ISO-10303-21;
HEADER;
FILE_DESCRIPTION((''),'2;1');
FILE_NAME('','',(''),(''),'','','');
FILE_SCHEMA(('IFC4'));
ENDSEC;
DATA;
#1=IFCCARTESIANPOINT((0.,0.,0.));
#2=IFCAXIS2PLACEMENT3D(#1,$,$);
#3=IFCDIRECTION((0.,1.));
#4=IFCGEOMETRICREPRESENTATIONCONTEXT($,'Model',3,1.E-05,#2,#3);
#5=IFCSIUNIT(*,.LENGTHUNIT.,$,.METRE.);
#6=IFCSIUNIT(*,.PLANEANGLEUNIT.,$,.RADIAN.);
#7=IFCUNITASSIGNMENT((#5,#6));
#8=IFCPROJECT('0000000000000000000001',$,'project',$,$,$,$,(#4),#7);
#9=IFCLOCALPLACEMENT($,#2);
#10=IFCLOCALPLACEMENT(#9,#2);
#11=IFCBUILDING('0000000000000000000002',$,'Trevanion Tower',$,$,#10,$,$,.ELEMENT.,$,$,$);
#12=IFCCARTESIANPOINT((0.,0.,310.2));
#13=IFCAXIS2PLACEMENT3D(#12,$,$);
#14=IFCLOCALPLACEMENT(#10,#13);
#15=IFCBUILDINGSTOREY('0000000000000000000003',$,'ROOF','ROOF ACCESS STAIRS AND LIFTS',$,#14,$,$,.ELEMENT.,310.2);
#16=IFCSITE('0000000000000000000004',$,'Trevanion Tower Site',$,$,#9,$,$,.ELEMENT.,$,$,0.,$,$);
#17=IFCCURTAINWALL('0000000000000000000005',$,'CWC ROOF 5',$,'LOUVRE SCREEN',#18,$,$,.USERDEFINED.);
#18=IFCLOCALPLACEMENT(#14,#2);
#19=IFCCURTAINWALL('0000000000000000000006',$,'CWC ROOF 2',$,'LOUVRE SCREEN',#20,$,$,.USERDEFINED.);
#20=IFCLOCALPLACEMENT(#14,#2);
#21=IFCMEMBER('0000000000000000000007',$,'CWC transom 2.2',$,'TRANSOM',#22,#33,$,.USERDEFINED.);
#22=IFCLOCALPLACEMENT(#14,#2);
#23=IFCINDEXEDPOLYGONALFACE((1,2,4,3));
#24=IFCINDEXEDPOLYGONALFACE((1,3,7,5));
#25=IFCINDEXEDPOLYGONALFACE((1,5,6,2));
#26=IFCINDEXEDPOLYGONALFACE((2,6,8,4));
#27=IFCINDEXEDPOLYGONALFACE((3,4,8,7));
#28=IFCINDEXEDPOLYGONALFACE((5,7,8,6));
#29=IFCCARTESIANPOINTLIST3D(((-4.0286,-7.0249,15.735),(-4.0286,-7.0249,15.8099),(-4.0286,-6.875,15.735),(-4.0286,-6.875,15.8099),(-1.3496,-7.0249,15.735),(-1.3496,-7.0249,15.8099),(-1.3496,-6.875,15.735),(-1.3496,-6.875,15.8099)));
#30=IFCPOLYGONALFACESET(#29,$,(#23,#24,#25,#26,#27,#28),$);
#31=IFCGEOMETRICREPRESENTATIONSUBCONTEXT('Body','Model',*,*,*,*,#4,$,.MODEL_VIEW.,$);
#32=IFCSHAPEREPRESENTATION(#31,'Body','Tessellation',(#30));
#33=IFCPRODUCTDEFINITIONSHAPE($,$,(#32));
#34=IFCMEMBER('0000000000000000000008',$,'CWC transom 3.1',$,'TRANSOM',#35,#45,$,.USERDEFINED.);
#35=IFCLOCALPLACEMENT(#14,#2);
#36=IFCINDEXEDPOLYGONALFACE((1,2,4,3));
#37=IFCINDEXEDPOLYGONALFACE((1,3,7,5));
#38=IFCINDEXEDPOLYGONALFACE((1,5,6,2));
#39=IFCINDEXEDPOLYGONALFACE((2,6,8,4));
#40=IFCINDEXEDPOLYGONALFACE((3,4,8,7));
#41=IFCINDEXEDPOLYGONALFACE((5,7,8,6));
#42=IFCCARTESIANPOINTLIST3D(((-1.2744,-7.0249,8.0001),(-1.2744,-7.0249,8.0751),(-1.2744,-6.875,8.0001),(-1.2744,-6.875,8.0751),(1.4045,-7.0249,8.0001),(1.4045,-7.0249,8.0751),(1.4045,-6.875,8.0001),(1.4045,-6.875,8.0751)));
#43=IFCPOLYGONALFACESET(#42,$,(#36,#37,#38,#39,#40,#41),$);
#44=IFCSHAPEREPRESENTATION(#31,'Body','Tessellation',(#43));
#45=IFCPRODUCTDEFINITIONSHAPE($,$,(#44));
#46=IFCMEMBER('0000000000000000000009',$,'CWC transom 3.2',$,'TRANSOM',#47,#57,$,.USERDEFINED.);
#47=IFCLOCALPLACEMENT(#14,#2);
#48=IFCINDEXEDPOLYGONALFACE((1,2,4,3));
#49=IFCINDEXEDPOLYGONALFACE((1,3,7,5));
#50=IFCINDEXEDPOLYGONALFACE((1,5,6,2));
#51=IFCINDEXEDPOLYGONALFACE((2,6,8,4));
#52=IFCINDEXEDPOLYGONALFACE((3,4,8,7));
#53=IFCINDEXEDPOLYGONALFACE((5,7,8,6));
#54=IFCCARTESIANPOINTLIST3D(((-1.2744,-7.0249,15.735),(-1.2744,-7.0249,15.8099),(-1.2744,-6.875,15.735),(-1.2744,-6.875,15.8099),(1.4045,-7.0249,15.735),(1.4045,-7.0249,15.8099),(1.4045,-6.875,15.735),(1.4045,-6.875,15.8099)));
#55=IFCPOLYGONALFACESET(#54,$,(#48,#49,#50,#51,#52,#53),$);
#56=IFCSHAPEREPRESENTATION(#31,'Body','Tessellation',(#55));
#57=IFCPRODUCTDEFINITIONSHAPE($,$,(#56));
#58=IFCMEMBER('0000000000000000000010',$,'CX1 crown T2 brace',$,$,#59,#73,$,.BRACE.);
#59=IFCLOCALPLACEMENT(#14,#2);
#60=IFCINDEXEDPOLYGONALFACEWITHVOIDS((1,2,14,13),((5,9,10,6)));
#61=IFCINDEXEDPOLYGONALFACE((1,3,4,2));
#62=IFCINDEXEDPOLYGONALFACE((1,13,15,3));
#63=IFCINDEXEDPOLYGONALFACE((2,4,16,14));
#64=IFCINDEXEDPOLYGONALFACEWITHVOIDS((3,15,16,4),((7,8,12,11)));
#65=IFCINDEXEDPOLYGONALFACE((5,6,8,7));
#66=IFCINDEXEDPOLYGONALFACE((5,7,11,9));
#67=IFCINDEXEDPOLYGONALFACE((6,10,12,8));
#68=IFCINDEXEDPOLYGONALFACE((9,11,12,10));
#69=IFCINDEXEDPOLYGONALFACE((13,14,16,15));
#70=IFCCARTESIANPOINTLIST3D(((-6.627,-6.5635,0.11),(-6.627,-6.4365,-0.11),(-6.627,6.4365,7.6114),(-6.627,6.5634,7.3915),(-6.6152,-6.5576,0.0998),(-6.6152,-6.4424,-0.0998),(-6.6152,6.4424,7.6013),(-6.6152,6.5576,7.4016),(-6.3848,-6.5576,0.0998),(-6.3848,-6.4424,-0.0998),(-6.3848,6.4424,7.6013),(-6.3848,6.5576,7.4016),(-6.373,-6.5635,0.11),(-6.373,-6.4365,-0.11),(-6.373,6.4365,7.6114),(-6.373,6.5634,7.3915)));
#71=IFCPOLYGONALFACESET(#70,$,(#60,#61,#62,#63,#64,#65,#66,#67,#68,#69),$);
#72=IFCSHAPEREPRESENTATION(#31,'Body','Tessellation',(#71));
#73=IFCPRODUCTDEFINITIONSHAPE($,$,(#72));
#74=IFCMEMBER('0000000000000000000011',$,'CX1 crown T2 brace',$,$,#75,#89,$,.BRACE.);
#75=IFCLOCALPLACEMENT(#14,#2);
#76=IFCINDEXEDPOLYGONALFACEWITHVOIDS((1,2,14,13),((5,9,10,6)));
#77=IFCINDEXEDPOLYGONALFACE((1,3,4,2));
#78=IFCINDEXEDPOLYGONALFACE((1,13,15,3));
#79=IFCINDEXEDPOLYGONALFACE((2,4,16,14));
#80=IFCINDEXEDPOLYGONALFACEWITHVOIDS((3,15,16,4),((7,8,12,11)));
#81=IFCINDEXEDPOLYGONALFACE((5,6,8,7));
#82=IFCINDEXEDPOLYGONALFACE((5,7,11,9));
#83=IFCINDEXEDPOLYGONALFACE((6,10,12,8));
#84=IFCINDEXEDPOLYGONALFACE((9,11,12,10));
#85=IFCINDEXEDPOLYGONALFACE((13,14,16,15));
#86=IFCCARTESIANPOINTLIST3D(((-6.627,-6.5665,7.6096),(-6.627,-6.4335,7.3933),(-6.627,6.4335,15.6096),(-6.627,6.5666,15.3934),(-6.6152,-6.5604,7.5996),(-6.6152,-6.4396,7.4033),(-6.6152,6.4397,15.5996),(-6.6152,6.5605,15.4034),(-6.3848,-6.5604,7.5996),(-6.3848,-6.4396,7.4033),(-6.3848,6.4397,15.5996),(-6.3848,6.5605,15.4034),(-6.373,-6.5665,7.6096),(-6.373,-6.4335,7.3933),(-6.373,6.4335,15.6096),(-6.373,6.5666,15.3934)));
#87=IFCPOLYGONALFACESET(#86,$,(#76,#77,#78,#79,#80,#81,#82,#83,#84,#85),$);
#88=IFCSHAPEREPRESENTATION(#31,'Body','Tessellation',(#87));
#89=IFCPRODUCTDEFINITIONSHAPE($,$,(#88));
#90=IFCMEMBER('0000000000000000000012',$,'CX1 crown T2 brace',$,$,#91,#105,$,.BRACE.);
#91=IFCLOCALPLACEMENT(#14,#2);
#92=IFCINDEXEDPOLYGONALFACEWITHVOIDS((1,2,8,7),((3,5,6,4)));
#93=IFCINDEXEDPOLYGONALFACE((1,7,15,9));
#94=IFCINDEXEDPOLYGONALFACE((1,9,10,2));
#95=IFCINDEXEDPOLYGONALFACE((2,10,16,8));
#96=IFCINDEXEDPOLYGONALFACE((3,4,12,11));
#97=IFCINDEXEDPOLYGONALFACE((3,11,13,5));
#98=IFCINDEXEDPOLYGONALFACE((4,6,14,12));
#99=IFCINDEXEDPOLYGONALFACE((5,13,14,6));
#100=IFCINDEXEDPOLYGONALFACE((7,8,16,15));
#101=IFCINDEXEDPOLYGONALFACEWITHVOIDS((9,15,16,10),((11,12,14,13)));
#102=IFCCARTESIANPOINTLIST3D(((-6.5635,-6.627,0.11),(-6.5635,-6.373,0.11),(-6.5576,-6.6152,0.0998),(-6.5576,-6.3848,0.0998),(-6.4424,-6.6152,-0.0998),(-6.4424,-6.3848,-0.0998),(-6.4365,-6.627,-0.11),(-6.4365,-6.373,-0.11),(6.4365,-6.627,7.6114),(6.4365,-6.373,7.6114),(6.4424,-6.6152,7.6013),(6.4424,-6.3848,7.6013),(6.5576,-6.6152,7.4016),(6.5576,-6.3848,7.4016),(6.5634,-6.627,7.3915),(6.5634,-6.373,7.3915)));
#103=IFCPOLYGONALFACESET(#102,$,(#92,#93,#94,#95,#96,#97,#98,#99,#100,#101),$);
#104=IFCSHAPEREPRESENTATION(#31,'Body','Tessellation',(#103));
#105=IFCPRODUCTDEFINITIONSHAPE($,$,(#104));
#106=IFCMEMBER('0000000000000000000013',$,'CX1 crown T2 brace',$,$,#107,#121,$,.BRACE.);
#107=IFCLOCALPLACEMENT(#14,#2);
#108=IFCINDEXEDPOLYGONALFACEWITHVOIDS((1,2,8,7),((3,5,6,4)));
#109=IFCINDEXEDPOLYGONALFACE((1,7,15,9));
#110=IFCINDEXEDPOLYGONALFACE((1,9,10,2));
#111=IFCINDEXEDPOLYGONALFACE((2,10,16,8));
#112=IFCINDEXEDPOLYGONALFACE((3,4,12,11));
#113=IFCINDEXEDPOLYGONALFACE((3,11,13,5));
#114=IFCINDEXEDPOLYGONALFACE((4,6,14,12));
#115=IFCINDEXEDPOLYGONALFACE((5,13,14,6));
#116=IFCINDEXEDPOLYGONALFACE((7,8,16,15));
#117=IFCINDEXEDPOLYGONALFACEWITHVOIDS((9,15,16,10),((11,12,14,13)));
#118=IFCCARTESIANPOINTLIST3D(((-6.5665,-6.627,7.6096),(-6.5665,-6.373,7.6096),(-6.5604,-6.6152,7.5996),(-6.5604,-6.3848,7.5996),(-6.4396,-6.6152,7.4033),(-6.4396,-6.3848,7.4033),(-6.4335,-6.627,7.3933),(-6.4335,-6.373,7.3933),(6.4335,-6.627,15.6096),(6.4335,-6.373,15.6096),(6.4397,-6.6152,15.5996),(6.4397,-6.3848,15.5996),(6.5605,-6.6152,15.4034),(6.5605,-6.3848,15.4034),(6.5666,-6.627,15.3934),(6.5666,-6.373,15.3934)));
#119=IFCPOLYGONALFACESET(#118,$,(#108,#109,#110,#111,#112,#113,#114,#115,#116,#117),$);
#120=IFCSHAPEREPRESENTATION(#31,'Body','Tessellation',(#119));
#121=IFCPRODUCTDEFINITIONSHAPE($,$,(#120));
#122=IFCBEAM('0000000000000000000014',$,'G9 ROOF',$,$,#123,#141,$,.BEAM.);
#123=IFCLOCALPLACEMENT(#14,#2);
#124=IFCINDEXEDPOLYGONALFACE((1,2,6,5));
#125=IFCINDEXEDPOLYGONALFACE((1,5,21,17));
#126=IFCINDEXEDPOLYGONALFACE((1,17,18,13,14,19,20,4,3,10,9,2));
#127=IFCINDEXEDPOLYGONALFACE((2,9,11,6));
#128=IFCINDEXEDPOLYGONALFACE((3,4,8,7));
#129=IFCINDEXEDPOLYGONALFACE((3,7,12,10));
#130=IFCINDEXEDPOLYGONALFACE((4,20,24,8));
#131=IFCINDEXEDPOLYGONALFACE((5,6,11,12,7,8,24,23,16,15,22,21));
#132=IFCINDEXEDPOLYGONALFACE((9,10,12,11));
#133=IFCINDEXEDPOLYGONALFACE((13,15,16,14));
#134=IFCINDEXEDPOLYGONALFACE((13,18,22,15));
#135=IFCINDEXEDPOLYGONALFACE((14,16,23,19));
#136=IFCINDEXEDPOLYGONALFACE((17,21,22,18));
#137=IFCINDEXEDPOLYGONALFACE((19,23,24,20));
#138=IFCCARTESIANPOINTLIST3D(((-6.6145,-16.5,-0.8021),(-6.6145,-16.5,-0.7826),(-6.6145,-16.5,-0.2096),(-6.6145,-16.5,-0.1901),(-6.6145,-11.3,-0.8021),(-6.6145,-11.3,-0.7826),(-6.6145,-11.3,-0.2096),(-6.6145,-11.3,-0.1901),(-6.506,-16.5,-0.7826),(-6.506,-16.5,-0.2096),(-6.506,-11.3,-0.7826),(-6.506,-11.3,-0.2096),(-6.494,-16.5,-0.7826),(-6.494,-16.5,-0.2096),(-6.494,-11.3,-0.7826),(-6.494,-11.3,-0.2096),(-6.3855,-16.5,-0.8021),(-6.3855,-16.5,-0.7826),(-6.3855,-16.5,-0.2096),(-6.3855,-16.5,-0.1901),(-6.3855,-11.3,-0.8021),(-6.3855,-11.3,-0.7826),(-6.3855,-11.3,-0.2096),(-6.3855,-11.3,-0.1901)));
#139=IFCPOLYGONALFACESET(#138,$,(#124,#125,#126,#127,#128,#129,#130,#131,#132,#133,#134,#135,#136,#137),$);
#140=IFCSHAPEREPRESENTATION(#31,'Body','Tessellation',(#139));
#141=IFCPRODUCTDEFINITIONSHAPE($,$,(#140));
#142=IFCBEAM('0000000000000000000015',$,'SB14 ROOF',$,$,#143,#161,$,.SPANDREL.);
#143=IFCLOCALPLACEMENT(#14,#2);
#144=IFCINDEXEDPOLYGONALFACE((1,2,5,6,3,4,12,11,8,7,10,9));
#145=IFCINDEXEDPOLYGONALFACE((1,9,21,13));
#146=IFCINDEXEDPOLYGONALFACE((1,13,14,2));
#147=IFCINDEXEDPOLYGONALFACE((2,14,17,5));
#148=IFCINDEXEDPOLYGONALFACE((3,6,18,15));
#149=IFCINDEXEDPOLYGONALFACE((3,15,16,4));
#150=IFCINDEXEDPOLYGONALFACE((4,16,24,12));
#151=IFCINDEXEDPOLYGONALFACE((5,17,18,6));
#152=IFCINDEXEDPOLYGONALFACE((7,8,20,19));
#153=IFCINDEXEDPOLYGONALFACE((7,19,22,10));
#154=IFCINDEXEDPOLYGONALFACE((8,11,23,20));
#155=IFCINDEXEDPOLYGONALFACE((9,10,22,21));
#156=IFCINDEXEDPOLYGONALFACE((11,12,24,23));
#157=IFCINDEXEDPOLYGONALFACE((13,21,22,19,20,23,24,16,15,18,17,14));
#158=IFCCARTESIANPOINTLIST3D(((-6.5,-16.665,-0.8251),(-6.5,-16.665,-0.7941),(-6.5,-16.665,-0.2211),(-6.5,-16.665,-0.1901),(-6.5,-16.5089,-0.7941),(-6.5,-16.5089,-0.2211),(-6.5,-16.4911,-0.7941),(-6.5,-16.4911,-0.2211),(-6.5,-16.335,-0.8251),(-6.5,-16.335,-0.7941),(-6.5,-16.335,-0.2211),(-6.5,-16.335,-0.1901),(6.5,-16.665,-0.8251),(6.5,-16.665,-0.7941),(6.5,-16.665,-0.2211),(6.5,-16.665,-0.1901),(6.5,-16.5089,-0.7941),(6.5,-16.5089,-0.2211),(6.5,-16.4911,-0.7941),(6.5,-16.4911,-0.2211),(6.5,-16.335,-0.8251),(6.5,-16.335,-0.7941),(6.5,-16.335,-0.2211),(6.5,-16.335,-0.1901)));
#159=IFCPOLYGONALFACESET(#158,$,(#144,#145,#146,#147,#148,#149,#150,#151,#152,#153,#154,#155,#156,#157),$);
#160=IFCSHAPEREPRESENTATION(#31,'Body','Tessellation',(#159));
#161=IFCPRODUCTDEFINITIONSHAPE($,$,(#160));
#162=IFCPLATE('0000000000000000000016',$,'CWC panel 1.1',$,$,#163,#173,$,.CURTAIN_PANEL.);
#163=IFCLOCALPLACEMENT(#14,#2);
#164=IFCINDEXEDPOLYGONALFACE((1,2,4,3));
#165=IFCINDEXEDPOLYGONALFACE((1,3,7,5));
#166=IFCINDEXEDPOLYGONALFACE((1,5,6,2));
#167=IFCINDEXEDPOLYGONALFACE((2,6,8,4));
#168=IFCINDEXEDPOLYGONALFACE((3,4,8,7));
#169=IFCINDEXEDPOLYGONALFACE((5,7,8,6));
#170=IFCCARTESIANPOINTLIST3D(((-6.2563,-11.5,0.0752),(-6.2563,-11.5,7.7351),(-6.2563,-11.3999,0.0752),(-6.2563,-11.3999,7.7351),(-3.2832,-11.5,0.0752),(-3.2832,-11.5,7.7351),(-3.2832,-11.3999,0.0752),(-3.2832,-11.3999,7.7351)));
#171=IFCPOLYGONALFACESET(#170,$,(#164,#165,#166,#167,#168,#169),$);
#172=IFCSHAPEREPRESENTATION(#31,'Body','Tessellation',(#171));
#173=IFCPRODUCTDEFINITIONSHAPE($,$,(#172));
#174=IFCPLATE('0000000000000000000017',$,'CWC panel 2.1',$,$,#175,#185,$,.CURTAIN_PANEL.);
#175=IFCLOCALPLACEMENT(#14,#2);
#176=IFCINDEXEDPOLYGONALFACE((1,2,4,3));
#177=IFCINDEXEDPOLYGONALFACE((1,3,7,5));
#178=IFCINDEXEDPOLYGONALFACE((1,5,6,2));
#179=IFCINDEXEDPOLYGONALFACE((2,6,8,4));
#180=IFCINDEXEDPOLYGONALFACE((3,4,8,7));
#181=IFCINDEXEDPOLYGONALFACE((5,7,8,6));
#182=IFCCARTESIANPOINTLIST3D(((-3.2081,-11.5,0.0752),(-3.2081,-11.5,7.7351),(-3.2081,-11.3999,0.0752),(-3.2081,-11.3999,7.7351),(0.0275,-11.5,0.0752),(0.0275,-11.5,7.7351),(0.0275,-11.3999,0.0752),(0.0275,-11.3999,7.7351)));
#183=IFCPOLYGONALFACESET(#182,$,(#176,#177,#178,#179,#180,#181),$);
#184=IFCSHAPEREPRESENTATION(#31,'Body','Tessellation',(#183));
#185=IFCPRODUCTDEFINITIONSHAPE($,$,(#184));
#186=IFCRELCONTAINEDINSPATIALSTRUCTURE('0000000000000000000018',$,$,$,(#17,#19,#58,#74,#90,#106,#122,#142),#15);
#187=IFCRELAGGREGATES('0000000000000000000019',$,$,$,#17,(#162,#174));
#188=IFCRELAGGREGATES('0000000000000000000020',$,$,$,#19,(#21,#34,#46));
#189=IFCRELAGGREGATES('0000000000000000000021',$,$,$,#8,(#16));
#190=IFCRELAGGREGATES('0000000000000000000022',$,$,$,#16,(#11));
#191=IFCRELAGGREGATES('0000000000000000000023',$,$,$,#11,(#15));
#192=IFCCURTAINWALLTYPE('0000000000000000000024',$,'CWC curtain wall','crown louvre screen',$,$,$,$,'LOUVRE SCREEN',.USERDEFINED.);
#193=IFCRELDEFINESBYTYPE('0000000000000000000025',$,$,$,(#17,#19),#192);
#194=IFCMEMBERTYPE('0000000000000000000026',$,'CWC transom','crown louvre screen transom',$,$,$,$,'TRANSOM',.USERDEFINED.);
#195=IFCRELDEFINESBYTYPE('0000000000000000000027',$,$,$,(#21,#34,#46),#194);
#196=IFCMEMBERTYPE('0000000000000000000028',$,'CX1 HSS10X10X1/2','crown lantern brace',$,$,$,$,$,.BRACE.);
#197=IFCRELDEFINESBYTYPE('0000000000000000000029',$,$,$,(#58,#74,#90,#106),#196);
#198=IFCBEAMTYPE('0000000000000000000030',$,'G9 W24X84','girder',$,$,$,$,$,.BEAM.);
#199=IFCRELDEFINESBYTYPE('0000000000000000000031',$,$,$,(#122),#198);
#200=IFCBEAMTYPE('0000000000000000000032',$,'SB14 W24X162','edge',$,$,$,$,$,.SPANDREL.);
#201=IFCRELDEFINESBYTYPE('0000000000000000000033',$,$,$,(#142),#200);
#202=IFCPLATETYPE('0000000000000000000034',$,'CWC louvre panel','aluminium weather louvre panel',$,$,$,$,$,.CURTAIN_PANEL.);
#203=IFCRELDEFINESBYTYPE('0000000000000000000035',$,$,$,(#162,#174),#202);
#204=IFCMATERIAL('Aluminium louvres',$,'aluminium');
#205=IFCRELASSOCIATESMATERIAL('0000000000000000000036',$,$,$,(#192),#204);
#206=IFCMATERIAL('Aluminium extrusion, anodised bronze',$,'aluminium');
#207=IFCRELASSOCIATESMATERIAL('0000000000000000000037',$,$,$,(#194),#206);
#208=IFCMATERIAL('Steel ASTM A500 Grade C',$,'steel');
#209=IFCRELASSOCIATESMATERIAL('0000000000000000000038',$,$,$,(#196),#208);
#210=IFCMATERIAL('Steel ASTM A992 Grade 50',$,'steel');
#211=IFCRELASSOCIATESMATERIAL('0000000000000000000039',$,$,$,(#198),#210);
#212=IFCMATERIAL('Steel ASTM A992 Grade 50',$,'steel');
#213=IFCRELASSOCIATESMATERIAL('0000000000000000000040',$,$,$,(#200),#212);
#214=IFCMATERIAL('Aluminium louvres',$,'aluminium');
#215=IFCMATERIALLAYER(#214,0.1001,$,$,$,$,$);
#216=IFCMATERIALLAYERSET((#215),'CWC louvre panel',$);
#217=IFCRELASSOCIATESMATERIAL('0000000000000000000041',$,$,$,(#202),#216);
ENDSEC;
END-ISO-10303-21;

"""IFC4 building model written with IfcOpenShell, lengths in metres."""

from ifc_helpers import new_model, si_unit, direction, frame, origin, origin_2d, place, context, subcontext, project, spatial, rectangle, hollow_rectangle, i_section, extrude, material, layer, layer_set, material_profile, profile_set, type_object, element, aggregate, save


model = new_model("IFC4")

# Units and contexts
model_context = context("Model", 3, precision=1e-05, world=origin(), true_north=direction((0.0, 1.0)))
body_context = subcontext(model_context, "Body", "Model", "MODEL_VIEW")
ifc_project = project(units=[si_unit("LENGTHUNIT", "METRE"), si_unit("PLANEANGLEUNIT", "RADIAN")], contexts=[model_context])

# Site, building, storey
site_placement = place(None, origin())
site = spatial("IfcSite", under=ifc_project, at=site_placement, Name="Trevanion Tower Site", CompositionType="ELEMENT", RefElevation=0.0)
building_placement = place(site_placement, origin())
building = spatial("IfcBuilding", under=site, at=building_placement, Name="Trevanion Tower", CompositionType="ELEMENT")
storey_placement = place(building_placement, frame((0.0, 0.0, 310.2)))
storey = spatial("IfcBuildingStorey", under=building, at=storey_placement, Name="ROOF", Description="ROOF ACCESS STAIRS AND LIFTS", CompositionType="ELEMENT", Elevation=310.2)

# Curtain wall
ifc_material_1 = material(Name="Aluminium louvres", Category="aluminium")
curtain_wall_type = type_object("IfcCurtainWallType", Name="CWC curtain wall", Description="crown louvre screen", ElementType="LOUVRE SCREEN", PredefinedType="USERDEFINED", material=ifc_material_1)
curtain_wall_1_placement = place(storey_placement, origin())
curtain_wall_1 = element("IfcCurtainWall", 1, at=curtain_wall_1_placement, inside=storey, type_object=curtain_wall_type, Name="CWC ROOF 5", ObjectType="LOUVRE SCREEN", PredefinedType="USERDEFINED")

# Curtain wall
curtain_wall_2_placement = place(storey_placement, origin())
curtain_wall_2 = element("IfcCurtainWall", 2, at=curtain_wall_2_placement, inside=storey, type_object=curtain_wall_type, Name="CWC ROOF 2", ObjectType="LOUVRE SCREEN", PredefinedType="USERDEFINED")

# Members
ifc_material_2 = material(Name="Aluminium extrusion, anodised bronze", Category="aluminium")
ifc_material_profile_1 = material_profile(ifc_material_2, rectangle(XDim=0.1499, YDim=0.075, at=origin_2d()), Name="CWC transom")
ifc_profile_set_1 = profile_set([ifc_material_profile_1], Name="Aluminium extrusion, anodised bronze")
member_type_1 = type_object("IfcMemberType", Name="CWC transom", Description="crown louvre screen transom", ElementType="TRANSOM", PredefinedType="USERDEFINED", material=ifc_profile_set_1)
member_1_placement = place(storey_placement, frame((-4.0286, -6.95, 15.7725), z_axis=(1.0, 0.0, 0.0), x_axis=(0.0, 1.0, 0.0)))
member_1 = element("IfcMember", 3, at=member_1_placement, type_object=member_type_1, Name="CWC transom 2.2", ObjectType="TRANSOM", PredefinedType="USERDEFINED", context=body_context, shape_type="SweptSolid", body=[
    extrude(rectangle(XDim=0.1499, YDim=0.075, at=origin_2d()), origin(), (0.0, 0.0, 1.0), 2.679),
])
member_2_placement = place(storey_placement, frame((-1.2744, -6.95, 8.0376), z_axis=(1.0, 0.0, 0.0), x_axis=(0.0, 1.0, 0.0)))
member_2 = element("IfcMember", 4, at=member_2_placement, type_object=member_type_1, Name="CWC transom 3.1", ObjectType="TRANSOM", PredefinedType="USERDEFINED", context=body_context, shape_type="SweptSolid", body=[
    extrude(rectangle(XDim=0.1499, YDim=0.075, at=origin_2d()), origin(), (0.0, 0.0, 1.0), 2.679),
])
member_3_placement = place(storey_placement, frame((-1.2744, -6.95, 15.7725), z_axis=(1.0, 0.0, 0.0), x_axis=(0.0, 1.0, 0.0)))
member_3 = element("IfcMember", 5, at=member_3_placement, type_object=member_type_1, Name="CWC transom 3.2", ObjectType="TRANSOM", PredefinedType="USERDEFINED", context=body_context, shape_type="SweptSolid", body=[
    extrude(rectangle(XDim=0.1499, YDim=0.075, at=origin_2d()), origin(), (0.0, 0.0, 1.0), 2.679),
])

# Members
ifc_material_3 = material(Name="Steel ASTM A500 Grade C", Category="steel")
ifc_material_profile_2 = material_profile(ifc_material_3, hollow_rectangle(XDim=0.2539, YDim=0.2539, WallThickness=0.0117, at=origin_2d()), Name="HSS10X10X1/2")
ifc_profile_set_2 = profile_set([ifc_material_profile_2], Name="Steel ASTM A500 Grade C")
member_type_2 = type_object("IfcMemberType", Name="CX1 HSS10X10X1/2", Description="crown lantern brace", PredefinedType="BRACE", material=ifc_profile_set_2)
member_4_placement = place(storey_placement, frame((-6.5, -6.5, 0.0), z_axis=(0.0, 0.866143, 0.499796), x_axis=(-1.0, 0.0, 0.0)))
element("IfcMember", 6, at=member_4_placement, inside=storey, type_object=member_type_2, Name="CX1 crown T2 brace", PredefinedType="BRACE", context=body_context, shape_type="SweptSolid", body=[
    extrude(hollow_rectangle(XDim=0.2539, YDim=0.2539, WallThickness=0.0117, at=origin_2d()), origin(), (0.0, 0.0, 1.0), 15.009),
])
member_5_placement = place(storey_placement, frame((-6.5, -6.5, 7.5015), z_axis=(0.0, 0.851658, 0.524097), x_axis=(-1.0, 0.0, 0.0)))
element("IfcMember", 7, at=member_5_placement, inside=storey, type_object=member_type_2, Name="CX1 crown T2 brace", PredefinedType="BRACE", context=body_context, shape_type="SweptSolid", body=[
    extrude(hollow_rectangle(XDim=0.2539, YDim=0.2539, WallThickness=0.0117, at=origin_2d()), origin(), (0.0, 0.0, 1.0), 15.2644),
])
member_6_placement = place(storey_placement, frame((-6.5, -6.5, 0.0), z_axis=(0.866143, 0.0, 0.499796), x_axis=(0.0, 1.0, 0.0)))
element("IfcMember", 8, at=member_6_placement, inside=storey, type_object=member_type_2, Name="CX1 crown T2 brace", PredefinedType="BRACE", context=body_context, shape_type="SweptSolid", body=[
    extrude(hollow_rectangle(XDim=0.2539, YDim=0.2539, WallThickness=0.0117, at=origin_2d()), origin(), (0.0, 0.0, 1.0), 15.009),
])
member_7_placement = place(storey_placement, frame((-6.5, -6.5, 7.5015), z_axis=(0.851658, 0.0, 0.524097), x_axis=(0.0, 1.0, 0.0)))
element("IfcMember", 9, at=member_7_placement, inside=storey, type_object=member_type_2, Name="CX1 crown T2 brace", PredefinedType="BRACE", context=body_context, shape_type="SweptSolid", body=[
    extrude(hollow_rectangle(XDim=0.2539, YDim=0.2539, WallThickness=0.0117, at=origin_2d()), origin(), (0.0, 0.0, 1.0), 15.2644),
])

# Beams
ifc_material_4 = material(Name="Steel ASTM A992 Grade 50", Category="steel")
ifc_material_profile_3 = material_profile(ifc_material_4, i_section(OverallWidth=0.229, OverallDepth=0.6121, WebThickness=0.012, FlangeThickness=0.0195, at=origin_2d()), Name="W24X84")
ifc_profile_set_3 = profile_set([ifc_material_profile_3], Name="Steel ASTM A992 Grade 50")
beam_type_1 = type_object("IfcBeamType", Name="G9 W24X84", Description="girder", PredefinedType="BEAM", material=ifc_profile_set_3)
beam_1_placement = place(storey_placement, frame((-6.5, -11.3, -0.4961), z_axis=(0.0, -1.0, 0.0), x_axis=(1.0, 0.0, 0.0)))
element("IfcBeam", 10, at=beam_1_placement, inside=storey, type_object=beam_type_1, Name="G9 ROOF", PredefinedType="BEAM", context=body_context, shape_type="SweptSolid", body=[
    extrude(i_section(OverallWidth=0.229, OverallDepth=0.6121, WebThickness=0.012, FlangeThickness=0.0195, at=origin_2d()), origin(), (0.0, 0.0, 1.0), 5.2),
])
ifc_material_5 = material(Name="Steel ASTM A992 Grade 50", Category="steel")
ifc_material_profile_4 = material_profile(ifc_material_5, i_section(OverallWidth=0.3301, OverallDepth=0.635, WebThickness=0.0178, FlangeThickness=0.031, at=origin_2d()), Name="W24X162")
ifc_profile_set_4 = profile_set([ifc_material_profile_4], Name="Steel ASTM A992 Grade 50")
beam_type_2 = type_object("IfcBeamType", Name="SB14 W24X162", Description="edge", PredefinedType="SPANDREL", material=ifc_profile_set_4)
beam_2_placement = place(storey_placement, frame((-6.5, -16.5, -0.5076), z_axis=(1.0, 0.0, 0.0), x_axis=(0.0, 1.0, 0.0)))
element("IfcBeam", 11, at=beam_2_placement, inside=storey, type_object=beam_type_2, Name="SB14 ROOF", PredefinedType="SPANDREL", context=body_context, shape_type="SweptSolid", body=[
    extrude(i_section(OverallWidth=0.3301, OverallDepth=0.635, WebThickness=0.0178, FlangeThickness=0.031, at=origin_2d()), origin(), (0.0, 0.0, 1.0), 13.0),
])

# Plates
ifc_material_6 = material(Name="Aluminium louvres", Category="aluminium")
ifc_layer_1 = layer(ifc_material_6, 0.1001)
ifc_layer_set_1 = layer_set([ifc_layer_1], Name="CWC louvre panel")
plate_type = type_object("IfcPlateType", Name="CWC louvre panel", Description="aluminium weather louvre panel", PredefinedType="CURTAIN_PANEL", material=ifc_layer_set_1)
plate_1_placement = place(storey_placement, frame((-4.7698, -11.45, 0.0752), z_axis=(0.0, 0.0, 1.0), x_axis=(1.0, 0.0, 0.0)))
plate_1 = element("IfcPlate", 12, at=plate_1_placement, type_object=plate_type, Name="CWC panel 1.1", PredefinedType="CURTAIN_PANEL", context=body_context, shape_type="SweptSolid", body=[
    extrude(rectangle(XDim=2.9731, YDim=0.1001, at=origin_2d()), origin(), (0.0, 0.0, 1.0), 7.6599),
])
plate_2_placement = place(storey_placement, frame((-1.5903, -11.45, 0.0752), z_axis=(0.0, 0.0, 1.0), x_axis=(1.0, 0.0, 0.0)))
plate_2 = element("IfcPlate", 13, at=plate_2_placement, type_object=plate_type, Name="CWC panel 2.1", PredefinedType="CURTAIN_PANEL", context=body_context, shape_type="SweptSolid", body=[
    extrude(rectangle(XDim=3.2356, YDim=0.1001, at=origin_2d()), origin(), (0.0, 0.0, 1.0), 7.6599),
])
aggregate(curtain_wall_1, [plate_1, plate_2])
aggregate(curtain_wall_2, [member_1, member_2, member_3])

save(model, "model.ifc")
